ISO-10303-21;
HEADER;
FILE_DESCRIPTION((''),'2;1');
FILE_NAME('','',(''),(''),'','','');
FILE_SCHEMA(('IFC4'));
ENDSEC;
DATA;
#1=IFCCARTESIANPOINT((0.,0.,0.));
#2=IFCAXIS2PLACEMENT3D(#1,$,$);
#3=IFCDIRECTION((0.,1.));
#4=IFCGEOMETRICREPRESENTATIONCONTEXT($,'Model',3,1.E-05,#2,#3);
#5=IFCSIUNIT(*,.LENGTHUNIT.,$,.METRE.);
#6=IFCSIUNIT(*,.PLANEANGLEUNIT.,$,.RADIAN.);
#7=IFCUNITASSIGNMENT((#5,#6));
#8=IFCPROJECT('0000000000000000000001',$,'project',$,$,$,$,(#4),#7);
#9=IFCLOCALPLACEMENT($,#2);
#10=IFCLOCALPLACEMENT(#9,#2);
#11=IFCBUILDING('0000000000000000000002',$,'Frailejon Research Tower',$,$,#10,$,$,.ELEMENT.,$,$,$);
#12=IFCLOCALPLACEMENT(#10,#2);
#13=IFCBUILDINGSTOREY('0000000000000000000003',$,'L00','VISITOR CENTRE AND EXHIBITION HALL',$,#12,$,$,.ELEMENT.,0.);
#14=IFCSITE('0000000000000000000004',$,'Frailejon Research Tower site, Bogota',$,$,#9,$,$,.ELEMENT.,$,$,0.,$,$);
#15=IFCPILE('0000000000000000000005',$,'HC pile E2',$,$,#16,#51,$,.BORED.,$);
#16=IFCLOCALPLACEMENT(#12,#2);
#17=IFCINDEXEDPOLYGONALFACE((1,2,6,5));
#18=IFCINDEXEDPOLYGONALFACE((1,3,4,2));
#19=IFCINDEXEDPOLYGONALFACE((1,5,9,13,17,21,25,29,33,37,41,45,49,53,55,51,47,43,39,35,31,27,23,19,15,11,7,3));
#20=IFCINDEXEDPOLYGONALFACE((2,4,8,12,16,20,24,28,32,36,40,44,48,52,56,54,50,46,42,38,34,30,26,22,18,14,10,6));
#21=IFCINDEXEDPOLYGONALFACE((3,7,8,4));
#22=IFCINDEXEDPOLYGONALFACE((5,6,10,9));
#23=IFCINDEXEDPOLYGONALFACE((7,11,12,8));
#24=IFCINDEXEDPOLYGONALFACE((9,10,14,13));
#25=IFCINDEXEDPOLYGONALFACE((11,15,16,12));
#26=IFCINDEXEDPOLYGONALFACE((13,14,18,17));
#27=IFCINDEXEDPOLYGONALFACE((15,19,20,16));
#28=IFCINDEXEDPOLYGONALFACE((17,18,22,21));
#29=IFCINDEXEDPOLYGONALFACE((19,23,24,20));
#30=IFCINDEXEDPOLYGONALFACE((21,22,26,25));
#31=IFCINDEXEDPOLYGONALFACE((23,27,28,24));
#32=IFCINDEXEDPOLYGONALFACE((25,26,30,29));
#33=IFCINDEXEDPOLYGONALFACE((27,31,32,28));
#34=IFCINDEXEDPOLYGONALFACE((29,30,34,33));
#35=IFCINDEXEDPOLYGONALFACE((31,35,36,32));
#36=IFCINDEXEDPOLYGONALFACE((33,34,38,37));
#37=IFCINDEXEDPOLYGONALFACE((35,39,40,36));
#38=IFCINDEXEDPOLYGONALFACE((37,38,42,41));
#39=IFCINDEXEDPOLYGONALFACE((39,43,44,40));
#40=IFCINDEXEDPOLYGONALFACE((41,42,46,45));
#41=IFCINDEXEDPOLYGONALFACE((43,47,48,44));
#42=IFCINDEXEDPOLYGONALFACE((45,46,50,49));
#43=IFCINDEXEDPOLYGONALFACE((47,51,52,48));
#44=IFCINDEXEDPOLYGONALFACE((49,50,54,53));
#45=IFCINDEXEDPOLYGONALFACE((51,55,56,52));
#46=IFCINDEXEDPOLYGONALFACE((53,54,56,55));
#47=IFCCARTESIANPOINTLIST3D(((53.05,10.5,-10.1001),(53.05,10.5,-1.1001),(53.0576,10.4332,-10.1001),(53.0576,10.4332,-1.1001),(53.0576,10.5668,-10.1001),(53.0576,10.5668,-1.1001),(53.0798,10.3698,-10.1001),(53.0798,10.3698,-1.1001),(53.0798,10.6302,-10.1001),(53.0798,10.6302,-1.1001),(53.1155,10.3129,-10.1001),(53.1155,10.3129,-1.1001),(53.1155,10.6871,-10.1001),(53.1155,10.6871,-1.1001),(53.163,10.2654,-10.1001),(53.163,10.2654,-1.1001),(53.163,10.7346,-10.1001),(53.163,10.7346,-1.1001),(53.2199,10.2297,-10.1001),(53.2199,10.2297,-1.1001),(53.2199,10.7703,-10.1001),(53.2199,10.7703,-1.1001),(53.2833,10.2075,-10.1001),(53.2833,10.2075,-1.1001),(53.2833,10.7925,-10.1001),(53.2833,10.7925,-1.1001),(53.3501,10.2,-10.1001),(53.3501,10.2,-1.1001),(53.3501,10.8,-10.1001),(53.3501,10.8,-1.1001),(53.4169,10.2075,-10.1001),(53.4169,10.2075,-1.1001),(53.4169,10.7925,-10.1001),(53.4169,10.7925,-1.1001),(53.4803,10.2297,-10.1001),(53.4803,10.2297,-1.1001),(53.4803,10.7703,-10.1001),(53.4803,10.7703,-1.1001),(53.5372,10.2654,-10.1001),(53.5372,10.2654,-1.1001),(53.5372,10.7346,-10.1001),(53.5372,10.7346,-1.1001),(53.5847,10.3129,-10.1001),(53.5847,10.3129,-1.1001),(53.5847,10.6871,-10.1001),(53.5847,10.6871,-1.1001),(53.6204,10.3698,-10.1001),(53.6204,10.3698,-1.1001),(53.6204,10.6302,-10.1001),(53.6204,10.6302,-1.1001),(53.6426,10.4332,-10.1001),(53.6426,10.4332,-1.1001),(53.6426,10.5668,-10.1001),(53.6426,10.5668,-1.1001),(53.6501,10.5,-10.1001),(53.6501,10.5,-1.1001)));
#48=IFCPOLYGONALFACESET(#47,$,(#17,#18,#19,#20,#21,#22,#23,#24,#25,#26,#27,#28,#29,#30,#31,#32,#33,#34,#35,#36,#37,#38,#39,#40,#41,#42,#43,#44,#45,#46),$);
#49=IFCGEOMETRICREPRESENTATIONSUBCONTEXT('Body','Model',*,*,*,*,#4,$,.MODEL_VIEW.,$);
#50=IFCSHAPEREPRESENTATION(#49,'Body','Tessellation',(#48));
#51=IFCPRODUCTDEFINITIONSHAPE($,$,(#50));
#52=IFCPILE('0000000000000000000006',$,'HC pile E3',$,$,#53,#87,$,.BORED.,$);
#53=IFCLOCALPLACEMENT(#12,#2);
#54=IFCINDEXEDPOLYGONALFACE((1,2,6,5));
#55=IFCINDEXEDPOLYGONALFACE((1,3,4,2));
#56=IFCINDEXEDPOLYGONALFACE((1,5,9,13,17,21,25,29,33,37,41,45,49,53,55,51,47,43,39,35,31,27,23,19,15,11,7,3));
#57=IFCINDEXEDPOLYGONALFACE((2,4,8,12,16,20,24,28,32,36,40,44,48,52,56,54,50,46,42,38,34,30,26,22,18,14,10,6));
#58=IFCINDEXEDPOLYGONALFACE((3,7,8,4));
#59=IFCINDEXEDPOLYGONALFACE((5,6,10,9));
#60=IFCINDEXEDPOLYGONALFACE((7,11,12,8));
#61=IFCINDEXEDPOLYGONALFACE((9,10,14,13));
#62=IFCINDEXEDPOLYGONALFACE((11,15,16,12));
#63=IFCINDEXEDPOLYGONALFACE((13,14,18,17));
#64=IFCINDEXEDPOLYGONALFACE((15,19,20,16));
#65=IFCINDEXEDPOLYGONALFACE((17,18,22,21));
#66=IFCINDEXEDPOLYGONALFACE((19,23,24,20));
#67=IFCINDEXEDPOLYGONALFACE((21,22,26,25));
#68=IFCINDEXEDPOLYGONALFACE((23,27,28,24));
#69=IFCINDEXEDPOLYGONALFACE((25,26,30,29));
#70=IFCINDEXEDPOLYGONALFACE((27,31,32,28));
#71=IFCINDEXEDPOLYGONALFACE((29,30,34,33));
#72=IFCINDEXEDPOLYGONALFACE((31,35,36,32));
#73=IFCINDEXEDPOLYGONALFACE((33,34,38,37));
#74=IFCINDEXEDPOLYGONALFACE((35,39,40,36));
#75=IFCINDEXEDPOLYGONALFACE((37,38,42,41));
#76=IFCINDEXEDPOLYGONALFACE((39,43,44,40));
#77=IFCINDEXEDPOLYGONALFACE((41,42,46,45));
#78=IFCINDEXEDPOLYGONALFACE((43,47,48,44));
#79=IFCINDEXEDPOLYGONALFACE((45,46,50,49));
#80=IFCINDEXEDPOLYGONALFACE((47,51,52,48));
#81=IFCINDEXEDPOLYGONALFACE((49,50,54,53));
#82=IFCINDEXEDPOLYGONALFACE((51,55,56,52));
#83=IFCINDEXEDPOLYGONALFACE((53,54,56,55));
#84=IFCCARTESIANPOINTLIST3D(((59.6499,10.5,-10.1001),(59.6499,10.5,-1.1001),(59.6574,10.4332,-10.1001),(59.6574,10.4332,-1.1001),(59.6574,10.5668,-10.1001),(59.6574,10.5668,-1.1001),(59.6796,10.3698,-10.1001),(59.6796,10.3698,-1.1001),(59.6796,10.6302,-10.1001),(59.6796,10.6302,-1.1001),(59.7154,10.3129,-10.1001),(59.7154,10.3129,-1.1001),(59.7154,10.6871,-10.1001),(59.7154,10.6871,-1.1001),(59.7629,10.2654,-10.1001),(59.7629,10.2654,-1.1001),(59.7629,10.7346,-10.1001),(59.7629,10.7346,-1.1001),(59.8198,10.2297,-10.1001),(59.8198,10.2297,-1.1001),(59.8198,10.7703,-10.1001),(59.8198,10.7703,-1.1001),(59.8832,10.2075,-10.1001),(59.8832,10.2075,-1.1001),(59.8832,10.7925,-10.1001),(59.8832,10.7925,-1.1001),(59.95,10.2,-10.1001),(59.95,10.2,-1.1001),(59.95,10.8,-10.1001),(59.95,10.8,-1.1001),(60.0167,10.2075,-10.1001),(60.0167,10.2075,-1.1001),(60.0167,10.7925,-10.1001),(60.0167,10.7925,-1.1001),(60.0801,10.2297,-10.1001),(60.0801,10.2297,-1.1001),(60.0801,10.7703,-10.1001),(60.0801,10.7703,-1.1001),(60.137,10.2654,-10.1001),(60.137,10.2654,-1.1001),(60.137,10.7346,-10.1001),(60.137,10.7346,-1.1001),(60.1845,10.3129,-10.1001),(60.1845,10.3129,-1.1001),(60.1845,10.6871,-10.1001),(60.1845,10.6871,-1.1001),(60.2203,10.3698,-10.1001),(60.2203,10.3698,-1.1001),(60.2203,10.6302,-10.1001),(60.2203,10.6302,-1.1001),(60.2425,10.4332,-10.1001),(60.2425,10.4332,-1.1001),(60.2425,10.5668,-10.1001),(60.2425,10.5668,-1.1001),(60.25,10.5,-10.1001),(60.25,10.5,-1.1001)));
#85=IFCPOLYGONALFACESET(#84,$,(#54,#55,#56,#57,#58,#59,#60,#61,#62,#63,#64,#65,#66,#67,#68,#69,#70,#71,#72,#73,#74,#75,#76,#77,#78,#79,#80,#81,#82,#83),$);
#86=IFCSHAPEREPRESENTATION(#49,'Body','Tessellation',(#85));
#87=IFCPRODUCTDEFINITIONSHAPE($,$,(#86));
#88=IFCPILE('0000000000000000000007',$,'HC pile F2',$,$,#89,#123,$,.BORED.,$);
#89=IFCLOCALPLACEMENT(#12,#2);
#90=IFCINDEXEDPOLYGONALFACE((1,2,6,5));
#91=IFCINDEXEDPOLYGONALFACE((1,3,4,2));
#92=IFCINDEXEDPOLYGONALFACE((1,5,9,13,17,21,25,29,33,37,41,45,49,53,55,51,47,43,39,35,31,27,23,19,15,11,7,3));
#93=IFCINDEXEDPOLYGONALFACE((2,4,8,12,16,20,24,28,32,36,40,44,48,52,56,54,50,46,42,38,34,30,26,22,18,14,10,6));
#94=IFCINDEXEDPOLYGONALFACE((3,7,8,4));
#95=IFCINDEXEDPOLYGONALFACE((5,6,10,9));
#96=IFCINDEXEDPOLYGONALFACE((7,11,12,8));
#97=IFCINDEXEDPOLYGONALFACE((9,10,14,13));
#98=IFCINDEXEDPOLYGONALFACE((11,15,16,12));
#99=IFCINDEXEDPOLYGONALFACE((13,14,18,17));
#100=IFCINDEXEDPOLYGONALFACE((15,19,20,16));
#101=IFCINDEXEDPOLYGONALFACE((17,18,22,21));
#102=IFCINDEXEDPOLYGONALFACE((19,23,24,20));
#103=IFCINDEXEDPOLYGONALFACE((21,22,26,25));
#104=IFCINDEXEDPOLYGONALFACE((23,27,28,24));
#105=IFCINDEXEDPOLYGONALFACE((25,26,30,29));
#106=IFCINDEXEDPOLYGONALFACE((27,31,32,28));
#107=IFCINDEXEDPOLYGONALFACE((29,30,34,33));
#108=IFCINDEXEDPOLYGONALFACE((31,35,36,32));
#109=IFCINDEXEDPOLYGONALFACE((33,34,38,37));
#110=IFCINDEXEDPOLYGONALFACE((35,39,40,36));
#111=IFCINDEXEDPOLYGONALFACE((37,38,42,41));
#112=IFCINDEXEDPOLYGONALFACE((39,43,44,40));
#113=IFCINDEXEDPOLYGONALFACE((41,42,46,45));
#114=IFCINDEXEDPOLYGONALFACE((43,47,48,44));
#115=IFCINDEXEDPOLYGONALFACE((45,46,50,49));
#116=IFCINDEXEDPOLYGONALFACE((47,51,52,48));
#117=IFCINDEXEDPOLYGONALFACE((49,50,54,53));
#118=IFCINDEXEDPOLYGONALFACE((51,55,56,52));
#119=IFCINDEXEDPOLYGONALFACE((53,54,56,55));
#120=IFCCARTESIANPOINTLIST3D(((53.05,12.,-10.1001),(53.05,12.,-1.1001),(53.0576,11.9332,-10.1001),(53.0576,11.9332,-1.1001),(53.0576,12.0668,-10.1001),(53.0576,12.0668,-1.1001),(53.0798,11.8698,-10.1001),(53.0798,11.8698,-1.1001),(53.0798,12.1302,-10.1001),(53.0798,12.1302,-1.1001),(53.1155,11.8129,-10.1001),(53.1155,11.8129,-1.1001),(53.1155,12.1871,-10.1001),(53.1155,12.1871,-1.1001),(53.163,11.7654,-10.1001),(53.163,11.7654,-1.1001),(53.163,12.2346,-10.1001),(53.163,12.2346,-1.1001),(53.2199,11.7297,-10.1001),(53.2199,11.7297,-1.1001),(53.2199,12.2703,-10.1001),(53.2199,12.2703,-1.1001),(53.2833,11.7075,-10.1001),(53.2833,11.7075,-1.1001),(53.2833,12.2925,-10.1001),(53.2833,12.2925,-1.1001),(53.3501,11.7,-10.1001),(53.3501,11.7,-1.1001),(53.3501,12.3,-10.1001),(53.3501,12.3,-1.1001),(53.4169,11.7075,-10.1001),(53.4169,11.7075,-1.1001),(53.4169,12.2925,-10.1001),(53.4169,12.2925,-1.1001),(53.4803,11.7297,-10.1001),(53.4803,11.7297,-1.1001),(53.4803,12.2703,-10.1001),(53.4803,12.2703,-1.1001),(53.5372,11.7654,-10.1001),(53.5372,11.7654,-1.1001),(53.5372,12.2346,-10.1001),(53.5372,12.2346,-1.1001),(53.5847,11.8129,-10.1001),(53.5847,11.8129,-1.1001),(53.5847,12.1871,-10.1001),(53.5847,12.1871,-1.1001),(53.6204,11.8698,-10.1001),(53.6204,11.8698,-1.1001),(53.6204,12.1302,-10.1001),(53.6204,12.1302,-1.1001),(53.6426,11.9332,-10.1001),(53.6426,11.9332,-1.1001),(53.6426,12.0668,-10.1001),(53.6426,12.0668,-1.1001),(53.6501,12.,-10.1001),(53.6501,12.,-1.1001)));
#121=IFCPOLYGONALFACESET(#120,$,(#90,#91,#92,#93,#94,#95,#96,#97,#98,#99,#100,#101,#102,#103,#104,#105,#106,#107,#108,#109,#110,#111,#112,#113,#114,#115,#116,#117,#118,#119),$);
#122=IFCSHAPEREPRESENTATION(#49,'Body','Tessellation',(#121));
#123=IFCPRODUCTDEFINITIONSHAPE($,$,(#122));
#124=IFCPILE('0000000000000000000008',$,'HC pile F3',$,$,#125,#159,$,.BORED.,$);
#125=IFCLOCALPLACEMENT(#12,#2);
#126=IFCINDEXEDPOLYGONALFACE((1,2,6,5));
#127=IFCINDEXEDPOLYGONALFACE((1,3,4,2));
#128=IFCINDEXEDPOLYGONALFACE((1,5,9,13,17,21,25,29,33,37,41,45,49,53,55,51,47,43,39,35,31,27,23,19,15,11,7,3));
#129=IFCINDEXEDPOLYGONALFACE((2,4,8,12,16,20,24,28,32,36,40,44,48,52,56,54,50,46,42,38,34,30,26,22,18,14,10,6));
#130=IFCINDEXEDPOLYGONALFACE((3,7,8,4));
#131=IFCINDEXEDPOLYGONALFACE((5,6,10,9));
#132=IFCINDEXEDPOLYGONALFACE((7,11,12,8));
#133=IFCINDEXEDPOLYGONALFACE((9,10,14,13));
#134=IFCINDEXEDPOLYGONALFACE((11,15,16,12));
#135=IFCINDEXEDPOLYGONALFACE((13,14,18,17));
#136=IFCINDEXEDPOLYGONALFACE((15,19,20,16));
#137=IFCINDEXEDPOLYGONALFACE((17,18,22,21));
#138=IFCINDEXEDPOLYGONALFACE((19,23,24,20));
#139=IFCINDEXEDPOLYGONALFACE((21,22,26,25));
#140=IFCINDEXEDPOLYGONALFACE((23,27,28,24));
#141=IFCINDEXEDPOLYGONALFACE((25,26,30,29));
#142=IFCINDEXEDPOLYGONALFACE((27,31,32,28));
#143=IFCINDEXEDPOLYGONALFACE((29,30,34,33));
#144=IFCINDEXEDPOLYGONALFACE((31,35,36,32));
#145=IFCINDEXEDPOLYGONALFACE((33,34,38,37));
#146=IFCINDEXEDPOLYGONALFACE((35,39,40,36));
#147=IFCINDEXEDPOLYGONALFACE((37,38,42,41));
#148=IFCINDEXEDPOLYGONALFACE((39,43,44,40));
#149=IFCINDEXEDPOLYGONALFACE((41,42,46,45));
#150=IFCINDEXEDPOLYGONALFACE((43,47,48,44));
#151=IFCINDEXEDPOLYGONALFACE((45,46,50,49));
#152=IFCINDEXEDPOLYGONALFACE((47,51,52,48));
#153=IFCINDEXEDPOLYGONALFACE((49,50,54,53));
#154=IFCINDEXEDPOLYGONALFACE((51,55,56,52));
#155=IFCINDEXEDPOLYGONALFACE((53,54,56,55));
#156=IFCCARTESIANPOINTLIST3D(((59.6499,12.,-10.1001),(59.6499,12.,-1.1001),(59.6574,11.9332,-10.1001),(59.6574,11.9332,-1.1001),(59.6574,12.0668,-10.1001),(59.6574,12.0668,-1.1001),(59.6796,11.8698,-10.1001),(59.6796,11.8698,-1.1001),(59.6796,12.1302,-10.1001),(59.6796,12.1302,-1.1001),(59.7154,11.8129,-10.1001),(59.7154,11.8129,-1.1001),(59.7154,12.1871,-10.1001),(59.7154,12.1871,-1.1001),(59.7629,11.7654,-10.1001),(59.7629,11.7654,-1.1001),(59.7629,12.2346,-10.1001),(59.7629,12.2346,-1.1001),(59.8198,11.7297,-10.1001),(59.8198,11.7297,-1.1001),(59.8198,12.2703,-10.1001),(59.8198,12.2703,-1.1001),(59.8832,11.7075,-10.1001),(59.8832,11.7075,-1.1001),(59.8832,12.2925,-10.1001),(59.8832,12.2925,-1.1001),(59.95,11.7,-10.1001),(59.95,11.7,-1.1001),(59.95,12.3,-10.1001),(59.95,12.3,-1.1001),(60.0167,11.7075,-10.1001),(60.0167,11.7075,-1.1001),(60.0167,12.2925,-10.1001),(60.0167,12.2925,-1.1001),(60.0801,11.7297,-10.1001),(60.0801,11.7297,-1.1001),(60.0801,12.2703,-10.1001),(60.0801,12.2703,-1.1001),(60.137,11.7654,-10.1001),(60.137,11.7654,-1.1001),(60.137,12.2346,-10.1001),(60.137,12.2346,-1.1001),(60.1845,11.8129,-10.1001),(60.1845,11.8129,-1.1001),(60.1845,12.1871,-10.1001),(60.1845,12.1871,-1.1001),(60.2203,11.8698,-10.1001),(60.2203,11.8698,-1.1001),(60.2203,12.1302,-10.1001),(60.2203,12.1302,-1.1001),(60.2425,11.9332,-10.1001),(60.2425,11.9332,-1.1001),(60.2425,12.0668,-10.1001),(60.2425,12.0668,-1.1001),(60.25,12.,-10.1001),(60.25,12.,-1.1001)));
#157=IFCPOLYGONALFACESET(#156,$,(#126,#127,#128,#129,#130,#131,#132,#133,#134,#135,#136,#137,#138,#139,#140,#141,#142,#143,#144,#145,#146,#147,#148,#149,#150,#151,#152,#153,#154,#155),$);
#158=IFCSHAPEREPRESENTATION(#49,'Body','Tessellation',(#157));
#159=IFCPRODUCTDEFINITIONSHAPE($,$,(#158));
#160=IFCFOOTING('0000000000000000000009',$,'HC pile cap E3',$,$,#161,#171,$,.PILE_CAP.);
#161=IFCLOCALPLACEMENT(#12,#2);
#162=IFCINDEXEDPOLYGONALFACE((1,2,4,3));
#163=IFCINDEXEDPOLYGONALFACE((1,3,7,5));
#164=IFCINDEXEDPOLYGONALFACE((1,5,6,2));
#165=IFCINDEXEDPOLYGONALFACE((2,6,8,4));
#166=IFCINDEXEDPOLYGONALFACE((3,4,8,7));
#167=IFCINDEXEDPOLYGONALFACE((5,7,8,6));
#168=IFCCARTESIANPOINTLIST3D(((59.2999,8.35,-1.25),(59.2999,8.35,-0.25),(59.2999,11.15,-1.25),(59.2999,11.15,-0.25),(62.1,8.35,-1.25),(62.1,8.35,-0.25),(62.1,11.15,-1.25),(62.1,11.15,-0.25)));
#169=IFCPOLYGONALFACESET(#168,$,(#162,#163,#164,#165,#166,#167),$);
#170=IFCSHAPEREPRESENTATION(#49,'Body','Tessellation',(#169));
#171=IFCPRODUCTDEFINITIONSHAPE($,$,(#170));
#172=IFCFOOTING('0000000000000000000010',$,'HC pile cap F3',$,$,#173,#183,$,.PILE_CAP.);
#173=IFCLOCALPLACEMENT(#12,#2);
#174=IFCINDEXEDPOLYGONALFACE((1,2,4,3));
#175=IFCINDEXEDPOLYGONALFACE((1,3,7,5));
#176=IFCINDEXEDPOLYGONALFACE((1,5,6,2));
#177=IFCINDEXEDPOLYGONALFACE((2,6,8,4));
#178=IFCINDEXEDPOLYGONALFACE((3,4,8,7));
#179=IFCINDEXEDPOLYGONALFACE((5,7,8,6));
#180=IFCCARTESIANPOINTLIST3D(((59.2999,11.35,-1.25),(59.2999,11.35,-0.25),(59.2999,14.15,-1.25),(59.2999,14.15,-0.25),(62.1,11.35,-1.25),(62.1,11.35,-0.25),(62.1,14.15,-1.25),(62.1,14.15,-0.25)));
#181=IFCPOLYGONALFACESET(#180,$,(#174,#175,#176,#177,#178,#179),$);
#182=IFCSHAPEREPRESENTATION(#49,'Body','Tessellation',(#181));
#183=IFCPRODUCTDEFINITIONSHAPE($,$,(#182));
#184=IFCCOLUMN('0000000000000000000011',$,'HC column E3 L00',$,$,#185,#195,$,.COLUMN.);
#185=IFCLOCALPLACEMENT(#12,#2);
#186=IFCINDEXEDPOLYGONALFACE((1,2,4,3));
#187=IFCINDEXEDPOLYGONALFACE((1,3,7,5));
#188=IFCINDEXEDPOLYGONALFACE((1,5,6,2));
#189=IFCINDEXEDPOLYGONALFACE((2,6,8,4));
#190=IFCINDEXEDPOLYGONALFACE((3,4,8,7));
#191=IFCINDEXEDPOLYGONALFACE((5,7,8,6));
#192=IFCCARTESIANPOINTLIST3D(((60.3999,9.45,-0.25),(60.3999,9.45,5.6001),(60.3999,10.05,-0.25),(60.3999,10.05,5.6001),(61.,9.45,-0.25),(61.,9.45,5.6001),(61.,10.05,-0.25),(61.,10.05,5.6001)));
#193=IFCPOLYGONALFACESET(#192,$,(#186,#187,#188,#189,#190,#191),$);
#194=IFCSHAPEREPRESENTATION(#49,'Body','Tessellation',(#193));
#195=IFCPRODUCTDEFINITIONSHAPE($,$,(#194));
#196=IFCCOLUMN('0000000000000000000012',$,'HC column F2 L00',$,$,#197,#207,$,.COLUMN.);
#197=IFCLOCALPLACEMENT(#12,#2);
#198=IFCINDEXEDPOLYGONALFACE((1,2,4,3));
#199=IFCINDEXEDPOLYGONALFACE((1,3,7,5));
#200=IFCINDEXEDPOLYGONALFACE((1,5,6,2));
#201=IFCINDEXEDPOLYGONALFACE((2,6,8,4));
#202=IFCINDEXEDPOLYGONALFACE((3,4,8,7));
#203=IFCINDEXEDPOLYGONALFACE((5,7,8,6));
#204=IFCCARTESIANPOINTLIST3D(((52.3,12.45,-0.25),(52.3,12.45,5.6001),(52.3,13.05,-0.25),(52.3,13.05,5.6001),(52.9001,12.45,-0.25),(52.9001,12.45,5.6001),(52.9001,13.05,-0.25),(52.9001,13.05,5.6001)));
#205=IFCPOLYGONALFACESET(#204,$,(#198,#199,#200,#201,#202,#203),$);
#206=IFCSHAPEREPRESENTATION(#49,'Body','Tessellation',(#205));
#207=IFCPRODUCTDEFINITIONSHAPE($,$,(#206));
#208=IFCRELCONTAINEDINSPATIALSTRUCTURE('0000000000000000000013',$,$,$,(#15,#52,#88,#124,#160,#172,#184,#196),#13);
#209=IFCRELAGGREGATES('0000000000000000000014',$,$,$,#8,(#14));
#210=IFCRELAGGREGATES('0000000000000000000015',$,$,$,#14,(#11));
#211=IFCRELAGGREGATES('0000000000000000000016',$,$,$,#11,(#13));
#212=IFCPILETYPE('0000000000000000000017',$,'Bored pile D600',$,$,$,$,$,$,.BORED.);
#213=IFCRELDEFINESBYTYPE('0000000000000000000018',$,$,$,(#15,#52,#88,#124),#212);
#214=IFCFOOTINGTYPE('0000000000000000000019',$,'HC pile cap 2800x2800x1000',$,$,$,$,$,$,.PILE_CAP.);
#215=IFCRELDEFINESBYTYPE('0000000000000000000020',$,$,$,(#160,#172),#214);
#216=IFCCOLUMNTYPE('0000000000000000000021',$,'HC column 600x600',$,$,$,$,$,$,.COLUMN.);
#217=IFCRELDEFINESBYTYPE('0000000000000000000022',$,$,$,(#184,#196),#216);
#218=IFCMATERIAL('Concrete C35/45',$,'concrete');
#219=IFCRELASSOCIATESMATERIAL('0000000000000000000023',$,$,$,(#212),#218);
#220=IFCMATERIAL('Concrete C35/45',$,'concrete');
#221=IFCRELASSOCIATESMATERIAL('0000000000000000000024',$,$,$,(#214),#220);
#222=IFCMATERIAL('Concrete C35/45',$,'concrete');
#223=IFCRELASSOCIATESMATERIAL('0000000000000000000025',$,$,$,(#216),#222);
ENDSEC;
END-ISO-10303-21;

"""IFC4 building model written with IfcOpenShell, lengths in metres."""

from ifc_helpers import new_model, si_unit, direction, frame, origin, origin_2d, place, context, subcontext, project, spatial, rectangle, circle, extrude, material, material_profile, profile_set, type_object, element, save


model = new_model("IFC4")

# Units and contexts
model_context = context("Model", 3, precision=1e-05, world=origin(), true_north=direction((0.0, 1.0)))
body_context = subcontext(model_context, "Body", "Model", "MODEL_VIEW")
ifc_project = project(units=[si_unit("LENGTHUNIT", "METRE"), si_unit("PLANEANGLEUNIT", "RADIAN")], contexts=[model_context])

# Site, building, storey
site_placement = place(None, origin())
site = spatial("IfcSite", under=ifc_project, at=site_placement, Name="Frailejon Research Tower site, Bogota", CompositionType="ELEMENT", RefElevation=0.0)
building_placement = place(site_placement, origin())
building = spatial("IfcBuilding", under=site, at=building_placement, Name="Frailejon Research Tower", CompositionType="ELEMENT")
storey_placement = place(building_placement, origin())
storey = spatial("IfcBuildingStorey", under=building, at=storey_placement, Name="L00", Description="VISITOR CENTRE AND EXHIBITION HALL", CompositionType="ELEMENT", Elevation=0.0)

# Piles
ifc_material_1 = material(Name="Concrete C35/45", Category="concrete")
ifc_material_profile_1 = material_profile(ifc_material_1, circle(Radius=0.3, at=origin_2d()), Name="Bored pile D600")
ifc_profile_set_1 = profile_set([ifc_material_profile_1], Name="Concrete C35/45")
pile_type = type_object("IfcPileType", Name="Bored pile D600", PredefinedType="BORED", material=ifc_profile_set_1)
for number, where, z_axis, x_axis, name in (
    (1, (53.3501, 10.5, -1.1001), (0.0, 0.0, -1.0), (1.0, 0.0, 0.0), "HC pile E2"),
    (2, (59.95, 10.5, -1.1001), (0.0, 0.0, -1.0), (1.0, 0.0, 0.0), "HC pile E3"),
    (3, (53.3501, 12.0, -1.1001), (0.0, 0.0, -1.0), (1.0, 0.0, 0.0), "HC pile F2"),
    (4, (59.95, 12.0, -1.1001), (0.0, 0.0, -1.0), (1.0, 0.0, 0.0), "HC pile F3"),
):
    element("IfcPile", number, at=place(storey_placement, frame(where, z_axis=z_axis, x_axis=x_axis)), inside=storey, type_object=pile_type, Name=name, PredefinedType="BORED", context=body_context, shape_type="SweptSolid", body=[
        extrude(circle(Radius=0.3, at=origin_2d()), origin(), (0.0, 0.0, 1.0), 9.0),
    ])

# Footings
ifc_material_2 = material(Name="Concrete C35/45", Category="concrete")
footing_type = type_object("IfcFootingType", Name="HC pile cap 2800x2800x1000", PredefinedType="PILE_CAP", material=ifc_material_2)
for number, where, z_axis, x_axis, name in (
    (5, (60.7, 9.75, -1.25), (0.0, 0.0, 1.0), (1.0, 0.0, 0.0), "HC pile cap E3"),
    (6, (60.7, 12.75, -1.25), (0.0, 0.0, 1.0), (1.0, 0.0, 0.0), "HC pile cap F3"),
):
    element("IfcFooting", number, at=place(storey_placement, frame(where, z_axis=z_axis, x_axis=x_axis)), inside=storey, type_object=footing_type, Name=name, PredefinedType="PILE_CAP", context=body_context, shape_type="SweptSolid", body=[
        extrude(rectangle(XDim=2.8, YDim=2.8, at=origin_2d()), origin(), (0.0, 0.0, 1.0), 1.0),
    ])

# Columns
ifc_material_3 = material(Name="Concrete C35/45", Category="concrete")
ifc_material_profile_2 = material_profile(ifc_material_3, rectangle(XDim=0.6001, YDim=0.6001, at=origin_2d()), Name="HC column 600x600")
ifc_profile_set_2 = profile_set([ifc_material_profile_2], Name="Concrete C35/45")
column_type = type_object("IfcColumnType", Name="HC column 600x600", PredefinedType="COLUMN", material=ifc_profile_set_2)
for number, where, z_axis, x_axis, name in (
    (7, (60.7, 9.75, -0.25), (0.0, 0.0, 1.0), (1.0, 0.0, 0.0), "HC column E3 L00"),
    (8, (52.6001, 12.75, -0.25), (0.0, 0.0, 1.0), (1.0, 0.0, 0.0), "HC column F2 L00"),
):
    element("IfcColumn", number, at=place(storey_placement, frame(where, z_axis=z_axis, x_axis=x_axis)), inside=storey, type_object=column_type, Name=name, PredefinedType="COLUMN", context=body_context, shape_type="SweptSolid", body=[
        extrude(rectangle(XDim=0.6001, YDim=0.6001, at=origin_2d()), origin(), (0.0, 0.0, 1.0), 5.8501),
    ])

save(model, "model.ifc")
